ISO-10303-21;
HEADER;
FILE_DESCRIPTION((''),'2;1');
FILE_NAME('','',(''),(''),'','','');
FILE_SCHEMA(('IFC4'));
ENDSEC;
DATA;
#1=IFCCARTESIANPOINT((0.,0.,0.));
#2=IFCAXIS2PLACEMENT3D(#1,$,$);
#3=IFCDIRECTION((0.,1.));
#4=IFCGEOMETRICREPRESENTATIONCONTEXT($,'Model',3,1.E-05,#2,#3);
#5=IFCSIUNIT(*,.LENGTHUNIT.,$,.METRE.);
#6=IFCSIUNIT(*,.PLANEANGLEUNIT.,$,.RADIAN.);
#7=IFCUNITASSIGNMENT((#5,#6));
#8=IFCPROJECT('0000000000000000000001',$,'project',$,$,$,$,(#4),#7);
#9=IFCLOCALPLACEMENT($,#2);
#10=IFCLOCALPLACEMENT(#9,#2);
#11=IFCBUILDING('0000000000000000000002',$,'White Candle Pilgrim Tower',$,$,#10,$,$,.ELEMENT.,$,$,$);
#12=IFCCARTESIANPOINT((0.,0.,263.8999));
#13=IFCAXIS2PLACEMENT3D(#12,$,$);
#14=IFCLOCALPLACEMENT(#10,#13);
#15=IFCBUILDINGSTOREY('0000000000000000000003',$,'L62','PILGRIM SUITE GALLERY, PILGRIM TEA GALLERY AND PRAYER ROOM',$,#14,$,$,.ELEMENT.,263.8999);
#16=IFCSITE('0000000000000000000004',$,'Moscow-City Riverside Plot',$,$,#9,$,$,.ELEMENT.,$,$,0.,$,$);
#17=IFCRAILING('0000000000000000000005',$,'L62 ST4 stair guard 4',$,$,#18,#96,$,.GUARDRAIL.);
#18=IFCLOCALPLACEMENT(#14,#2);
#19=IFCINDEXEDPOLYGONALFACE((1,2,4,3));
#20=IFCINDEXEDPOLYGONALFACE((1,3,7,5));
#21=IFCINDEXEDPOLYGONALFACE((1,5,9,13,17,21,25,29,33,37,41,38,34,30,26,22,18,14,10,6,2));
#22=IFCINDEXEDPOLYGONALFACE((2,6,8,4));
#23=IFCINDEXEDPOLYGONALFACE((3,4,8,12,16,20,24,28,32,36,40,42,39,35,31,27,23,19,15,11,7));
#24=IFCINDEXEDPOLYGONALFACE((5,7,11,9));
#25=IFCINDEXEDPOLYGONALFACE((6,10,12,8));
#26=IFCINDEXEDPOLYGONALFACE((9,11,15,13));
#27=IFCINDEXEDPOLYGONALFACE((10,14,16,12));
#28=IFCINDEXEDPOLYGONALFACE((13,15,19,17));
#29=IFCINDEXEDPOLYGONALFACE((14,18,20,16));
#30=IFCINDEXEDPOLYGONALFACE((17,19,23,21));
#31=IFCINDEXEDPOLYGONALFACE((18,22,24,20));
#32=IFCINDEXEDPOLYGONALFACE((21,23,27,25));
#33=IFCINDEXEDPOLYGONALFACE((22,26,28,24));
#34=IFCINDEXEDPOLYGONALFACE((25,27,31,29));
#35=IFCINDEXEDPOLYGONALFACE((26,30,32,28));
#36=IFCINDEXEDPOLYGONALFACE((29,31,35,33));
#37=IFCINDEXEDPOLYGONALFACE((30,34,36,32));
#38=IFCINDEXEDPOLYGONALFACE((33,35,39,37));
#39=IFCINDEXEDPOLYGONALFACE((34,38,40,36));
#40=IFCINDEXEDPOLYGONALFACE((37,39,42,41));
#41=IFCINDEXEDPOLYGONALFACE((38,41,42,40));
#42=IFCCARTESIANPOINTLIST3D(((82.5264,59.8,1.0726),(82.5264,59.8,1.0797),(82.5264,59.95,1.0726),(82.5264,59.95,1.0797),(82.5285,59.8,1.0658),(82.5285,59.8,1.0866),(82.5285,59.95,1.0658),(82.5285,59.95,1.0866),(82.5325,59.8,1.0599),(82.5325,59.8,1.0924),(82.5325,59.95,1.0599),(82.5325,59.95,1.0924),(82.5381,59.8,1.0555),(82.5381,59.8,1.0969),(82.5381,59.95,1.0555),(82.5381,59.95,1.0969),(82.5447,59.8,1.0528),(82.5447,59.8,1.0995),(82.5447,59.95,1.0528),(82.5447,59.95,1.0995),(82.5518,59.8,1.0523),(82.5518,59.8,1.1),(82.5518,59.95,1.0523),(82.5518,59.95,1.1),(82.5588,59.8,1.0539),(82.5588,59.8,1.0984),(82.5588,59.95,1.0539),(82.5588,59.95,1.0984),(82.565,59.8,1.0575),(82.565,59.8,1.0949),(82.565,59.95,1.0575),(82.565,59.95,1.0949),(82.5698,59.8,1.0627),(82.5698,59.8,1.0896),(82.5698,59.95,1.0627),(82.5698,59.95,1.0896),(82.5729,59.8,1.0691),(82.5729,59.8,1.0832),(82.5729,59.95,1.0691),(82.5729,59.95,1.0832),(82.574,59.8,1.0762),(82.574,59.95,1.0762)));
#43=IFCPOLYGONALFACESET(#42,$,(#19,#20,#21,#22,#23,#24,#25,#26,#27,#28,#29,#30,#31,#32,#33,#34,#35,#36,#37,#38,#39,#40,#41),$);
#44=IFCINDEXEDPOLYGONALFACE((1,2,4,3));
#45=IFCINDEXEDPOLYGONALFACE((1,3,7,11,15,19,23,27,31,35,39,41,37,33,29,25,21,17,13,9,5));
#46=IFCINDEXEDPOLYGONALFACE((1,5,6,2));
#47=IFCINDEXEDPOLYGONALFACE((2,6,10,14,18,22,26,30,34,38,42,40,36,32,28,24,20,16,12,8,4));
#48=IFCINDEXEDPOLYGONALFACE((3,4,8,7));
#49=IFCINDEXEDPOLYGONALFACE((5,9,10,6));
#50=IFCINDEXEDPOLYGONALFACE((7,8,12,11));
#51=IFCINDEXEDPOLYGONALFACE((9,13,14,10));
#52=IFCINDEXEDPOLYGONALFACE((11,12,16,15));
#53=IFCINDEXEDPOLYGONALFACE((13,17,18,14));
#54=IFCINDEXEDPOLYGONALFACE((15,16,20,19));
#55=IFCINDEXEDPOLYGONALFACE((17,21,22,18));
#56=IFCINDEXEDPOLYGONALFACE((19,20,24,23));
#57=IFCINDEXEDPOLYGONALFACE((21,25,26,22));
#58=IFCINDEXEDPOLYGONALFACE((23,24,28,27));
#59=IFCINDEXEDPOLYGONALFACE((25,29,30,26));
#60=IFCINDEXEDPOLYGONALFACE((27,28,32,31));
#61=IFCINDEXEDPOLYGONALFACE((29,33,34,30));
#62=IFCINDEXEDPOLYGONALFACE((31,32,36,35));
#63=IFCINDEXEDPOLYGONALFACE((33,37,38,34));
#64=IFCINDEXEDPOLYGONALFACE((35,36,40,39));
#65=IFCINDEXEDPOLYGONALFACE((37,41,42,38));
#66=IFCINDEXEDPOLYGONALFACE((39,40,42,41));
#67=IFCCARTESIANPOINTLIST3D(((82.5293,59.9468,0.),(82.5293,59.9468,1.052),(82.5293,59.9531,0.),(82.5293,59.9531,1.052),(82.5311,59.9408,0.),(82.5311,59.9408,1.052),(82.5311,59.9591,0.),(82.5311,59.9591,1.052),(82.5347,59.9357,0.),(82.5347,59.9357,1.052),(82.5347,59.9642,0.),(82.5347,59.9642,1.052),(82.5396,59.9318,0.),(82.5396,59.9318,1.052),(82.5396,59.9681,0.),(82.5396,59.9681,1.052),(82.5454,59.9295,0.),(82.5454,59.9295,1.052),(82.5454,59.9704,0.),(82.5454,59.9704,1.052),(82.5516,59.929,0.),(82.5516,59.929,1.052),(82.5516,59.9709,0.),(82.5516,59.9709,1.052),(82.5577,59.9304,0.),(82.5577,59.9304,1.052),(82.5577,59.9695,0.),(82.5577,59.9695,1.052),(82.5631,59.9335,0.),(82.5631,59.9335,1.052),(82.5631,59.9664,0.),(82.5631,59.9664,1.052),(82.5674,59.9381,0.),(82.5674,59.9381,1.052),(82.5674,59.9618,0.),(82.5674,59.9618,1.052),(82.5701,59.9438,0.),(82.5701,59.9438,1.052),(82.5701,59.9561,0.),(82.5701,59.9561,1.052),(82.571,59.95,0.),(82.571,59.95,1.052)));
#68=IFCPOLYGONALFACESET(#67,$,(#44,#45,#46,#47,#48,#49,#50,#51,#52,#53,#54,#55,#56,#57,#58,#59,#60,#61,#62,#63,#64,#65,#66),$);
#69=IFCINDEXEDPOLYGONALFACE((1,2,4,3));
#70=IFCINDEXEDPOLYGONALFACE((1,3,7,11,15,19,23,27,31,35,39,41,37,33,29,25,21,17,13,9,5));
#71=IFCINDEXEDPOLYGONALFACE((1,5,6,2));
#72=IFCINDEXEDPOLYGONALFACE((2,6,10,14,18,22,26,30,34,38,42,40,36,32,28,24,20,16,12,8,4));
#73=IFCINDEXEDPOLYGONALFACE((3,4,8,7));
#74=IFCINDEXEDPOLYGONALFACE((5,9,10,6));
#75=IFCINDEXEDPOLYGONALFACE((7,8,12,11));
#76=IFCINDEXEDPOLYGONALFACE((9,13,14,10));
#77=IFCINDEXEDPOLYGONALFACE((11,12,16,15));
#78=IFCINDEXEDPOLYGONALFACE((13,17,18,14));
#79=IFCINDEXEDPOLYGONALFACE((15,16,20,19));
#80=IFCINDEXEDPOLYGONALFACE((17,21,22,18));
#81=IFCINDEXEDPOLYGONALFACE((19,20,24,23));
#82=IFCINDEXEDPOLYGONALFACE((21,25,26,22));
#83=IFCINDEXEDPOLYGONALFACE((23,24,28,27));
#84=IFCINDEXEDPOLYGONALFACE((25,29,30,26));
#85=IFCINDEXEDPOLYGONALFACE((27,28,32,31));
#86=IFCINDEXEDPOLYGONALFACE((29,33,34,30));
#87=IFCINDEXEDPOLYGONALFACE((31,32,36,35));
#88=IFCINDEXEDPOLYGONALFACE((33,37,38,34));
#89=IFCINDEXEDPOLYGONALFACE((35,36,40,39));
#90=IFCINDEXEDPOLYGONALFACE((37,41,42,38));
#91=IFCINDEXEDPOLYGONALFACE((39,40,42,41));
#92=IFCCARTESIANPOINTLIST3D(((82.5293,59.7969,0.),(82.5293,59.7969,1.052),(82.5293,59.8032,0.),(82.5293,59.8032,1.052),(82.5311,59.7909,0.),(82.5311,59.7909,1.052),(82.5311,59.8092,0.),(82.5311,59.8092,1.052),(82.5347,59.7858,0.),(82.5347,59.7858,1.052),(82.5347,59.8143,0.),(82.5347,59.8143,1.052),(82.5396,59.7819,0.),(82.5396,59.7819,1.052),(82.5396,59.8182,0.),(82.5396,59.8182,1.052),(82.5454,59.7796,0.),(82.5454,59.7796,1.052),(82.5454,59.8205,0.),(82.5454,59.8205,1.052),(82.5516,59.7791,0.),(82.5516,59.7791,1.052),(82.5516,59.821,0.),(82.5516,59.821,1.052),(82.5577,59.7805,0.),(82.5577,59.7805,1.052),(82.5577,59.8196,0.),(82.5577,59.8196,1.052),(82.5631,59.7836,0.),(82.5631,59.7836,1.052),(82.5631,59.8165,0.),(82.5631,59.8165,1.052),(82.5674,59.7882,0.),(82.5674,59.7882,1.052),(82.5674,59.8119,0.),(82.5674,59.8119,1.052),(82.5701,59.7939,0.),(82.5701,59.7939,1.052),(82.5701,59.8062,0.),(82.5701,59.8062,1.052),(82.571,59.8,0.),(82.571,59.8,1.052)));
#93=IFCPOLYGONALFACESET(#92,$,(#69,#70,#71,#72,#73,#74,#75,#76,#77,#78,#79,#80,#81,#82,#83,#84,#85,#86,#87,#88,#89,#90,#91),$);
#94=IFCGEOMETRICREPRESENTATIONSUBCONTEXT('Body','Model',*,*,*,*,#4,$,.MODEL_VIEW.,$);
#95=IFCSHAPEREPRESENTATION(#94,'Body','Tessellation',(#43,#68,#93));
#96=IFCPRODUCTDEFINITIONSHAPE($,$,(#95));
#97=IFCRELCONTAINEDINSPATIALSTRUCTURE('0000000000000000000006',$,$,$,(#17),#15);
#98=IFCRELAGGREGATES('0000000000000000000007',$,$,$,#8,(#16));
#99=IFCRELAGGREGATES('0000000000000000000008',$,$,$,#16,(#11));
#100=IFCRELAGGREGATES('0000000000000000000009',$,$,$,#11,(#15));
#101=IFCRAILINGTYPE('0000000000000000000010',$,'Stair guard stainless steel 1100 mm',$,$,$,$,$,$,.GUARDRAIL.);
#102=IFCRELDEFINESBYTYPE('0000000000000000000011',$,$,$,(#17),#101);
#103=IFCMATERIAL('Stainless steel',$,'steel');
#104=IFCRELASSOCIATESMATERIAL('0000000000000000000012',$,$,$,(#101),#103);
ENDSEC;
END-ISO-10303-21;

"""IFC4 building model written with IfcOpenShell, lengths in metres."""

from ifc_helpers import new_model, si_unit, direction, frame, origin, origin_2d, place, context, subcontext, project, spatial, circle, extrude, material, type_object, element, save


model = new_model("IFC4")

# Units and contexts
model_context = context("Model", 3, precision=1e-05, world=origin(), true_north=direction((0.0, 1.0)))
body_context = subcontext(model_context, "Body", "Model", "MODEL_VIEW")
ifc_project = project(units=[si_unit("LENGTHUNIT", "METRE"), si_unit("PLANEANGLEUNIT", "RADIAN")], contexts=[model_context])

# Site, building, storey
site_placement = place(None, origin())
site = spatial("IfcSite", under=ifc_project, at=site_placement, Name="Moscow-City Riverside Plot", CompositionType="ELEMENT", RefElevation=0.0)
building_placement = place(site_placement, origin())
building = spatial("IfcBuilding", under=site, at=building_placement, Name="White Candle Pilgrim Tower", CompositionType="ELEMENT")
storey_placement = place(building_placement, frame((0.0, 0.0, 263.8999)))
storey = spatial("IfcBuildingStorey", under=building, at=storey_placement, Name="L62", Description="PILGRIM SUITE GALLERY, PILGRIM TEA GALLERY AND PRAYER ROOM", CompositionType="ELEMENT", Elevation=263.8999)

# Railing
ifc_material_1 = material(Name="Stainless steel", Category="steel")
railing_type_1 = type_object("IfcRailingType", Name="Stair guard stainless steel 1100 mm", PredefinedType="GUARDRAIL", material=ifc_material_1)
railing_1_placement = place(storey_placement, frame((82.55, 59.95, 0.0)))
element("IfcRailing", 1, at=railing_1_placement, inside=storey, type_object=railing_type_1, Name="L62 ST4 stair guard 4", PredefinedType="GUARDRAIL", context=body_context, shape_type="SweptSolid", body=[
    extrude(circle(Radius=0.0239, at=origin_2d()), frame((0.0, 0.0, 1.0762), z_axis=(0.0, -1.0, 0.0), x_axis=(1.0, 0.0, 0.0)), (0.0, 0.0, 1.0), 0.1499),
    extrude(circle(Radius=0.021, at=origin_2d()), origin(), (0.0, 0.0, 1.0), 1.052),
    extrude(circle(Radius=0.021, at=origin_2d()), frame((0.0, -0.1499, 0.0)), (0.0, 0.0, 1.0), 1.052),
])

save(model, "model.ifc")
